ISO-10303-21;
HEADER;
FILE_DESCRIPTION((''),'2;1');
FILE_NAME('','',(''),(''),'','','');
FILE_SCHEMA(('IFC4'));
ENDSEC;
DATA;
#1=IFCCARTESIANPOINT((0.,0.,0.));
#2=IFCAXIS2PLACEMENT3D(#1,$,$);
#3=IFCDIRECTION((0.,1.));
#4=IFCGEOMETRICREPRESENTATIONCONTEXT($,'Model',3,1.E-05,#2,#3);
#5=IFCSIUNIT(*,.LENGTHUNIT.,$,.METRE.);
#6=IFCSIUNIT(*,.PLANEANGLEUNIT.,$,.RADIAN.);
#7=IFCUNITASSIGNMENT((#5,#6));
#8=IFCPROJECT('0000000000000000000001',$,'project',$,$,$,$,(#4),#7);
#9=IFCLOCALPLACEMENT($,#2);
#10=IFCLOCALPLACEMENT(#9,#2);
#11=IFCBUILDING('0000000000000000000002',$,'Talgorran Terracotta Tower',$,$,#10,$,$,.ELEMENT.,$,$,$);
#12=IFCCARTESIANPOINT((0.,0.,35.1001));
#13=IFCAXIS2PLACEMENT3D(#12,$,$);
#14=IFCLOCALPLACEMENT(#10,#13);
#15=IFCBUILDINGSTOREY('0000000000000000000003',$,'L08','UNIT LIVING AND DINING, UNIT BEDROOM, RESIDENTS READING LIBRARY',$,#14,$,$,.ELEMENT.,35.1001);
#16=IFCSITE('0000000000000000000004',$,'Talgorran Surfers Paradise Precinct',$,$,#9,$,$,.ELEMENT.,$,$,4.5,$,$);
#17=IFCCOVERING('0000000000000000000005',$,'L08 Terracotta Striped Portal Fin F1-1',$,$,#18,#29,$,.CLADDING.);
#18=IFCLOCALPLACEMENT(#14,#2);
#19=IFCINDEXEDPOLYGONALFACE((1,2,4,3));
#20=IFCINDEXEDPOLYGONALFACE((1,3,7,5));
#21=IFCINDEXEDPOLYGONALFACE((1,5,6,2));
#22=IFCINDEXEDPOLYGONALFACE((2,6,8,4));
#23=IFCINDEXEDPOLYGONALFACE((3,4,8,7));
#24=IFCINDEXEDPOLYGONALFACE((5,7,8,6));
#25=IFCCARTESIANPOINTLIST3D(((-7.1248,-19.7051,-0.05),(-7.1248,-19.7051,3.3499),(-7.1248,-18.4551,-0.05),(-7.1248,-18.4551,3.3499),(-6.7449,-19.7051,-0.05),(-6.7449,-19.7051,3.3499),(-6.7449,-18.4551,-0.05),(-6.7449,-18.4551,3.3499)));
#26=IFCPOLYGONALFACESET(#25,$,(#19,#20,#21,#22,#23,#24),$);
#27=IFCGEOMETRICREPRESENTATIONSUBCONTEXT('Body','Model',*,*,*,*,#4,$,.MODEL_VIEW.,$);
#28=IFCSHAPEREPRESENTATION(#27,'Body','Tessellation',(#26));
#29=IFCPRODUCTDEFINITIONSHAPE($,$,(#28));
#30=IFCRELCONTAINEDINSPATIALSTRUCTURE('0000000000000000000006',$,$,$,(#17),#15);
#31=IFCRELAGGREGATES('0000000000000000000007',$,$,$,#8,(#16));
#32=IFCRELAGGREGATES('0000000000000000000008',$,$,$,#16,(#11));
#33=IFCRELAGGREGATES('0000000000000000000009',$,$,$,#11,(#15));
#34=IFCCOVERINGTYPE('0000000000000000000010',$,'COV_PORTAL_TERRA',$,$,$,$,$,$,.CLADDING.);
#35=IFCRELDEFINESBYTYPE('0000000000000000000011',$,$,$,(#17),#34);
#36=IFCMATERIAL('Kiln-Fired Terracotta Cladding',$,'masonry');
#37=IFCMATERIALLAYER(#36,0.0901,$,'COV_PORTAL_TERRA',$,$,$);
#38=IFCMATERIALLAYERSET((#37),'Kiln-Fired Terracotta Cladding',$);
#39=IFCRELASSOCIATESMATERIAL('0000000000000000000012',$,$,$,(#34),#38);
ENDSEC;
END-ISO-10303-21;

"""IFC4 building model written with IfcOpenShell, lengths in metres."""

from ifc_helpers import new_model, si_unit, direction, frame, origin, origin_2d, place, context, subcontext, project, spatial, rectangle, extrude, material, layer, layer_set, type_object, element, save


model = new_model("IFC4")

# Units and contexts
model_context = context("Model", 3, precision=1e-05, world=origin(), true_north=direction((0.0, 1.0)))
body_context = subcontext(model_context, "Body", "Model", "MODEL_VIEW")
ifc_project = project(units=[si_unit("LENGTHUNIT", "METRE"), si_unit("PLANEANGLEUNIT", "RADIAN")], contexts=[model_context])

# Site, building, storey
site_placement = place(None, origin())
site = spatial("IfcSite", under=ifc_project, at=site_placement, Name="Talgorran Surfers Paradise Precinct", CompositionType="ELEMENT", RefElevation=4.5)
building_placement = place(site_placement, origin())
building = spatial("IfcBuilding", under=site, at=building_placement, Name="Talgorran Terracotta Tower", CompositionType="ELEMENT")
storey_placement = place(building_placement, frame((0.0, 0.0, 35.1001)))
storey = spatial("IfcBuildingStorey", under=building, at=storey_placement, Name="L08", Description="UNIT LIVING AND DINING, UNIT BEDROOM, RESIDENTS READING LIBRARY", CompositionType="ELEMENT", Elevation=35.1001)

# Covering
ifc_material_1 = material(Name="Kiln-Fired Terracotta Cladding", Category="masonry")
ifc_layer_1 = layer(ifc_material_1, 0.0901, Name="COV_PORTAL_TERRA")
ifc_layer_set_1 = layer_set([ifc_layer_1], Name="Kiln-Fired Terracotta Cladding")
covering_type_1 = type_object("IfcCoveringType", Name="COV_PORTAL_TERRA", PredefinedType="CLADDING", material=ifc_layer_set_1)
covering_1_placement = place(storey_placement, frame((-6.9348, -19.0801, -0.05), z_axis=(0.0, 0.0, 1.0), x_axis=(1.0, 0.0, 0.0)))
element("IfcCovering", 1, at=covering_1_placement, inside=storey, type_object=covering_type_1, Name="L08 Terracotta Striped Portal Fin F1-1", PredefinedType="CLADDING", context=body_context, shape_type="SweptSolid", body=[
    extrude(rectangle(XDim=0.3799, YDim=1.25, at=origin_2d()), origin(), (0.0, 0.0, 1.0), 3.3999),
])

save(model, "model.ifc")
